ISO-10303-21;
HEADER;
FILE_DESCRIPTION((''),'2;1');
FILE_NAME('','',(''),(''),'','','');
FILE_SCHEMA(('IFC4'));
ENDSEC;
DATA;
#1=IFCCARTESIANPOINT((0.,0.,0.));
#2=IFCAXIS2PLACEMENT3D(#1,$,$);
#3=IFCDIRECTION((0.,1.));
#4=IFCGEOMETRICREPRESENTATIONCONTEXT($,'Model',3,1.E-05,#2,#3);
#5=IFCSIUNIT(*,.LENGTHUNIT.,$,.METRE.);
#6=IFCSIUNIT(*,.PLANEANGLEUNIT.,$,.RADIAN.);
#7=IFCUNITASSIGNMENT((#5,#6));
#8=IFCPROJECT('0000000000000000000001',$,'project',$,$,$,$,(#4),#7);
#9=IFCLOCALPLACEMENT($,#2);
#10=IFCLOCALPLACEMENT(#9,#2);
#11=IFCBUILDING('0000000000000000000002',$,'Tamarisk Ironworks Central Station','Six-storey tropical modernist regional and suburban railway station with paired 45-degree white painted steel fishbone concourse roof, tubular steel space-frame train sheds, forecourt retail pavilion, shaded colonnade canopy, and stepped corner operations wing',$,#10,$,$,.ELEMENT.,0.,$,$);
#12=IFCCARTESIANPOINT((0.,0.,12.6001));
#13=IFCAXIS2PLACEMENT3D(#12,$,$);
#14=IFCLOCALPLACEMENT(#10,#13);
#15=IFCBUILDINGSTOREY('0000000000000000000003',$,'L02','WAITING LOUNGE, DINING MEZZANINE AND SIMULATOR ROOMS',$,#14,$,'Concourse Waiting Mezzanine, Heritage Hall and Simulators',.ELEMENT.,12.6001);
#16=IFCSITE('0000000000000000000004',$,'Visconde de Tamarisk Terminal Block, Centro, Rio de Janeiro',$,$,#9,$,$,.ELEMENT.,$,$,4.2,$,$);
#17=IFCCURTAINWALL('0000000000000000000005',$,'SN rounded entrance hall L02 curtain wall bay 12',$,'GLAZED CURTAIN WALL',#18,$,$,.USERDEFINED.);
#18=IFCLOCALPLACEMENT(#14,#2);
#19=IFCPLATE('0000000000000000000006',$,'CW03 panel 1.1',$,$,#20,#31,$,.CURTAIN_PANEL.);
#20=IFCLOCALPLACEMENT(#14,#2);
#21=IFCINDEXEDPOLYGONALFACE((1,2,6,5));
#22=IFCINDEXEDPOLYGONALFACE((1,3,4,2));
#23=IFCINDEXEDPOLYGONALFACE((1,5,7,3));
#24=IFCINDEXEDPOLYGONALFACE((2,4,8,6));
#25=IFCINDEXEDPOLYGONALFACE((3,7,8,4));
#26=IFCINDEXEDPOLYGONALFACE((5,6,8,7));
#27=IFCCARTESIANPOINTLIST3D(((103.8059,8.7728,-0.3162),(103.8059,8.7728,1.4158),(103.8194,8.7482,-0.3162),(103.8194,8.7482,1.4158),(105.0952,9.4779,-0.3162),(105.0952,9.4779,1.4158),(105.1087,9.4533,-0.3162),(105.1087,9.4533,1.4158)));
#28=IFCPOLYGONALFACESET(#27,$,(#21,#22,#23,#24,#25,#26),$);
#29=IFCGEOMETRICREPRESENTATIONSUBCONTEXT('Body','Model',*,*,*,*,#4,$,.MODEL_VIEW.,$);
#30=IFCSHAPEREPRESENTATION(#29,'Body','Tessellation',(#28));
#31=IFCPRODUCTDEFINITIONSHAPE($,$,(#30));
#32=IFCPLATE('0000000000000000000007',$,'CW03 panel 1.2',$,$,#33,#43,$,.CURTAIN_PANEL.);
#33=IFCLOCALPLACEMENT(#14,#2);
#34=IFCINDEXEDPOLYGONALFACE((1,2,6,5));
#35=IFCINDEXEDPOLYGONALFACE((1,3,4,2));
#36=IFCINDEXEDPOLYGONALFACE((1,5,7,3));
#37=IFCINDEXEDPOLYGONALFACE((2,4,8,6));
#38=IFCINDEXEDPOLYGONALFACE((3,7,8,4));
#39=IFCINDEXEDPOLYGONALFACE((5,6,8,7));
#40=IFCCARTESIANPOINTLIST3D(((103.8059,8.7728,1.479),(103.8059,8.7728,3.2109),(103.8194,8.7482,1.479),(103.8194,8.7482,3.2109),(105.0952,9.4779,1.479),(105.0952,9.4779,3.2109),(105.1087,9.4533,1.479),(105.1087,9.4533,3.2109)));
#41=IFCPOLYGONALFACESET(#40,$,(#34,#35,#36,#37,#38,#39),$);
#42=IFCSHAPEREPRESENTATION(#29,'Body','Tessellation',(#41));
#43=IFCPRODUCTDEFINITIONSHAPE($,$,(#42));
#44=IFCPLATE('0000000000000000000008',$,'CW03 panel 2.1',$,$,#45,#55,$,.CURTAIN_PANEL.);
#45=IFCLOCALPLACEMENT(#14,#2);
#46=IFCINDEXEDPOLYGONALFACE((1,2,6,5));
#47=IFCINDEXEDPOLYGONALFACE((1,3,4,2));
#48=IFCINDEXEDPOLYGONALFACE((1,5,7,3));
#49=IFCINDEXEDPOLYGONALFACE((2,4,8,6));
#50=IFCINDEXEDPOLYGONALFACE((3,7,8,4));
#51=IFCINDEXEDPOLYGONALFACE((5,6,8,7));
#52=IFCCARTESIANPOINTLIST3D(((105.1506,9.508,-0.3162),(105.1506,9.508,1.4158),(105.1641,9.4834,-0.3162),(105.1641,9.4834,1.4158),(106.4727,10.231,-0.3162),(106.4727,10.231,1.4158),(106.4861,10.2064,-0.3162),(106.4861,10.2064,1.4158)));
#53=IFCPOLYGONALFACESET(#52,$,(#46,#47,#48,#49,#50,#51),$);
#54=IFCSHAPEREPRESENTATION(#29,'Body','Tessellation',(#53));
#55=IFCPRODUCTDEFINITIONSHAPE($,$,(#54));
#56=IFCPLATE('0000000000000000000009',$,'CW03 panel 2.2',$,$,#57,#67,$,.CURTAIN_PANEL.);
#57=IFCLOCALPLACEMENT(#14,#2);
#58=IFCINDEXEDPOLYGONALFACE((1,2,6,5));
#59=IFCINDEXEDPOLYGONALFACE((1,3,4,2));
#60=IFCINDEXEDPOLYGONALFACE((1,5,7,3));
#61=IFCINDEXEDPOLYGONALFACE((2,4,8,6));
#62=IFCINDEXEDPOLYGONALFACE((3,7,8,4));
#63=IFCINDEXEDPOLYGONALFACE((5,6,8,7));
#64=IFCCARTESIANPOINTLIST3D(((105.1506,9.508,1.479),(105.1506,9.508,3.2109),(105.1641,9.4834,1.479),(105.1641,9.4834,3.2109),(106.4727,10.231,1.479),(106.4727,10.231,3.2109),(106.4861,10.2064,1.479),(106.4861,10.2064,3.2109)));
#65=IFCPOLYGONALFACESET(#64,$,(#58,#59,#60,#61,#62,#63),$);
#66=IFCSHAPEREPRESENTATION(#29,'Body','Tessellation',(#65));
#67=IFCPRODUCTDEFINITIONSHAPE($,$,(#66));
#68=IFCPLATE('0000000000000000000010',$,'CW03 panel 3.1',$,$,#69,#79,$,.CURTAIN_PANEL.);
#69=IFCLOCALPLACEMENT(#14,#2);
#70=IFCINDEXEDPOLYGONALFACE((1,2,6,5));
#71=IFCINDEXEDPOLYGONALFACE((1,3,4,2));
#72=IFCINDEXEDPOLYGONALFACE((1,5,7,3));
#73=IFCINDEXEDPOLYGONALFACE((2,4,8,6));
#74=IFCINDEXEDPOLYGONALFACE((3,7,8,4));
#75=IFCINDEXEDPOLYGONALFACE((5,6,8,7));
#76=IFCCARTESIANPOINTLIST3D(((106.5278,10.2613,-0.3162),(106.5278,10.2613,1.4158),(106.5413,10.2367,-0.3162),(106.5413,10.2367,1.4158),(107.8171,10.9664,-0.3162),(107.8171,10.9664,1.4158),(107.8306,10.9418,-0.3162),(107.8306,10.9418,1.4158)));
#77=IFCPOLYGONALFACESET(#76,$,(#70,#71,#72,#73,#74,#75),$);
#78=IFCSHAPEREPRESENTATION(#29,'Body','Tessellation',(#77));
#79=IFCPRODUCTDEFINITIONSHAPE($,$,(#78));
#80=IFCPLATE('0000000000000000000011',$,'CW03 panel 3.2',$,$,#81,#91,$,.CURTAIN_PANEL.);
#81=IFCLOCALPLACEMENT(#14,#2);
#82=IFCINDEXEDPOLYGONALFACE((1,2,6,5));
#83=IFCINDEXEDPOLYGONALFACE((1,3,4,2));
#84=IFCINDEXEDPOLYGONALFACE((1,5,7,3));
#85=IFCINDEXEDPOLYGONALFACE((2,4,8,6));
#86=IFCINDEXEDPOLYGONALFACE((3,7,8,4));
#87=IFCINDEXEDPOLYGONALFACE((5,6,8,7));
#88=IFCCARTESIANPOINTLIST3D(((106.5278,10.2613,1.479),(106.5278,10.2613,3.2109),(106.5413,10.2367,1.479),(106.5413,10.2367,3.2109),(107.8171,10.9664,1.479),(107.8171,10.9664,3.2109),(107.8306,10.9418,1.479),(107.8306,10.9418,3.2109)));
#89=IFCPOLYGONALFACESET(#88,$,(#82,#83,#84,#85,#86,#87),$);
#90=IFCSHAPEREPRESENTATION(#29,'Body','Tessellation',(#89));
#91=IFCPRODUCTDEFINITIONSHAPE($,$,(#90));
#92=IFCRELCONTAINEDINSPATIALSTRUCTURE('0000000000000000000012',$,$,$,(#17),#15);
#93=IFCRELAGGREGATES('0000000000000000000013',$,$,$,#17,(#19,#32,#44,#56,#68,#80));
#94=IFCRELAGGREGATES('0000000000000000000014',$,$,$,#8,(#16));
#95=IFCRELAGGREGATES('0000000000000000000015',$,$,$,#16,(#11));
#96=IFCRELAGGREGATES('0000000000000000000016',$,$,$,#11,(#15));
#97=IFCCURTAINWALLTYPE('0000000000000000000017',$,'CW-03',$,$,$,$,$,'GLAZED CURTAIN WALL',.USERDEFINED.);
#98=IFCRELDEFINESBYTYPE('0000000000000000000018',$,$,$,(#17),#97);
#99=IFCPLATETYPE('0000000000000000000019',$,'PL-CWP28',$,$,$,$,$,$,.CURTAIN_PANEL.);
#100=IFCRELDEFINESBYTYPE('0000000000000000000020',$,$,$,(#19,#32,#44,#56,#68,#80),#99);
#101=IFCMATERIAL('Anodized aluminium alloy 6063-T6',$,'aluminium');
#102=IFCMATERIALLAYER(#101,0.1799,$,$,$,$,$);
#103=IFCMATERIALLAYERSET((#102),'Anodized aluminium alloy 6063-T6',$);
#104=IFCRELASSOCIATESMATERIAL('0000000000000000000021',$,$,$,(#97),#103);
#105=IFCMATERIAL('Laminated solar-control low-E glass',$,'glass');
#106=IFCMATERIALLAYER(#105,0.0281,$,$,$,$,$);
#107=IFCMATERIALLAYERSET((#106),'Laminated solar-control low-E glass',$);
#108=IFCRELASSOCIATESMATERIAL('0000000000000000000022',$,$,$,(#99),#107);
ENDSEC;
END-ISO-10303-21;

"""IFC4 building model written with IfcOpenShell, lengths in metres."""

from ifc_helpers import new_model, si_unit, direction, frame, origin, origin_2d, place, context, subcontext, project, spatial, rectangle, extrude, material, layer, layer_set, type_object, element, aggregate, save


model = new_model("IFC4")

# Units and contexts
model_context = context("Model", 3, precision=1e-05, world=origin(), true_north=direction((0.0, 1.0)))
body_context = subcontext(model_context, "Body", "Model", "MODEL_VIEW")
ifc_project = project(units=[si_unit("LENGTHUNIT", "METRE"), si_unit("PLANEANGLEUNIT", "RADIAN")], contexts=[model_context])

# Site, building, storey
site_placement = place(None, origin())
site = spatial("IfcSite", under=ifc_project, at=site_placement, Name="Visconde de Tamarisk Terminal Block, Centro, Rio de Janeiro", CompositionType="ELEMENT", RefElevation=4.2)
building_placement = place(site_placement, origin())
building = spatial("IfcBuilding", under=site, at=building_placement, Name="Tamarisk Ironworks Central Station", Description="Six-storey tropical modernist regional and suburban railway station with paired 45-degree white painted steel fishbone concourse roof, tubular steel space-frame train sheds, forecourt retail pavilion, shaded colonnade canopy, and stepped corner operations wing", CompositionType="ELEMENT", ElevationOfRefHeight=0.0)
storey_placement = place(building_placement, frame((0.0, 0.0, 12.6001)))
storey = spatial("IfcBuildingStorey", under=building, at=storey_placement, Name="L02", Description="WAITING LOUNGE, DINING MEZZANINE AND SIMULATOR ROOMS", LongName="Concourse Waiting Mezzanine, Heritage Hall and Simulators", CompositionType="ELEMENT", Elevation=12.6001)

# Curtain wall
ifc_material_1 = material(Name="Anodized aluminium alloy 6063-T6", Category="aluminium")
ifc_layer_1 = layer(ifc_material_1, 0.1799)
ifc_layer_set_1 = layer_set([ifc_layer_1], Name="Anodized aluminium alloy 6063-T6")
curtain_wall_type = type_object("IfcCurtainWallType", Name="CW-03", ElementType="GLAZED CURTAIN WALL", PredefinedType="USERDEFINED", material=ifc_layer_set_1)
curtain_wall_1_placement = place(storey_placement, origin())
curtain_wall_1 = element("IfcCurtainWall", 1, at=curtain_wall_1_placement, inside=storey, type_object=curtain_wall_type, Name="SN rounded entrance hall L02 curtain wall bay 12", ObjectType="GLAZED CURTAIN WALL", PredefinedType="USERDEFINED")

# Plates
ifc_material_2 = material(Name="Laminated solar-control low-E glass", Category="glass")
ifc_layer_2 = layer(ifc_material_2, 0.0281)
ifc_layer_set_2 = layer_set([ifc_layer_2], Name="Laminated solar-control low-E glass")
plate_type = type_object("IfcPlateType", Name="PL-CWP28", PredefinedType="CURTAIN_PANEL", material=ifc_layer_set_2)
plate_1_placement = place(storey_placement, frame((104.4573, 9.113, -0.3162), z_axis=(0.0, 0.0, 1.0), x_axis=(0.877375, 0.479805, 0.0)))
plate_1 = element("IfcPlate", 2, at=plate_1_placement, type_object=plate_type, Name="CW03 panel 1.1", PredefinedType="CURTAIN_PANEL", context=body_context, shape_type="SweptSolid", body=[
    extrude(rectangle(XDim=1.4695, YDim=0.0281, at=origin_2d()), origin(), (0.0, 0.0, 1.0), 1.7319),
])
plate_2_placement = place(storey_placement, frame((104.4573, 9.113, 1.479), z_axis=(0.0, 0.0, 1.0), x_axis=(0.877375, 0.479805, 0.0)))
plate_2 = element("IfcPlate", 3, at=plate_2_placement, type_object=plate_type, Name="CW03 panel 1.2", PredefinedType="CURTAIN_PANEL", context=body_context, shape_type="SweptSolid", body=[
    extrude(rectangle(XDim=1.4695, YDim=0.0281, at=origin_2d()), origin(), (0.0, 0.0, 1.0), 1.7319),
])
plate_3_placement = place(storey_placement, frame((105.8184, 9.8572, -0.3162), z_axis=(0.0, 0.0, 1.0), x_axis=(0.877375, 0.479805, 0.0)))
plate_3 = element("IfcPlate", 4, at=plate_3_placement, type_object=plate_type, Name="CW03 panel 2.1", PredefinedType="CURTAIN_PANEL", context=body_context, shape_type="SweptSolid", body=[
    extrude(rectangle(XDim=1.5068, YDim=0.0281, at=origin_2d()), origin(), (0.0, 0.0, 1.0), 1.7319),
])
plate_4_placement = place(storey_placement, frame((105.8184, 9.8572, 1.479), z_axis=(0.0, 0.0, 1.0), x_axis=(0.877375, 0.479805, 0.0)))
plate_4 = element("IfcPlate", 5, at=plate_4_placement, type_object=plate_type, Name="CW03 panel 2.2", PredefinedType="CURTAIN_PANEL", context=body_context, shape_type="SweptSolid", body=[
    extrude(rectangle(XDim=1.5068, YDim=0.0281, at=origin_2d()), origin(), (0.0, 0.0, 1.0), 1.7319),
])
plate_5_placement = place(storey_placement, frame((107.1792, 10.6016, -0.3162), z_axis=(0.0, 0.0, 1.0), x_axis=(0.877375, 0.479805, 0.0)))
plate_5 = element("IfcPlate", 6, at=plate_5_placement, type_object=plate_type, Name="CW03 panel 3.1", PredefinedType="CURTAIN_PANEL", context=body_context, shape_type="SweptSolid", body=[
    extrude(rectangle(XDim=1.4695, YDim=0.0281, at=origin_2d()), origin(), (0.0, 0.0, 1.0), 1.7319),
])
plate_6_placement = place(storey_placement, frame((107.1792, 10.6016, 1.479), z_axis=(0.0, 0.0, 1.0), x_axis=(0.877375, 0.479805, 0.0)))
plate_6 = element("IfcPlate", 7, at=plate_6_placement, type_object=plate_type, Name="CW03 panel 3.2", PredefinedType="CURTAIN_PANEL", context=body_context, shape_type="SweptSolid", body=[
    extrude(rectangle(XDim=1.4695, YDim=0.0281, at=origin_2d()), origin(), (0.0, 0.0, 1.0), 1.7319),
])
aggregate(curtain_wall_1, [plate_1, plate_2, plate_3, plate_4, plate_5, plate_6])

save(model, "model.ifc")
